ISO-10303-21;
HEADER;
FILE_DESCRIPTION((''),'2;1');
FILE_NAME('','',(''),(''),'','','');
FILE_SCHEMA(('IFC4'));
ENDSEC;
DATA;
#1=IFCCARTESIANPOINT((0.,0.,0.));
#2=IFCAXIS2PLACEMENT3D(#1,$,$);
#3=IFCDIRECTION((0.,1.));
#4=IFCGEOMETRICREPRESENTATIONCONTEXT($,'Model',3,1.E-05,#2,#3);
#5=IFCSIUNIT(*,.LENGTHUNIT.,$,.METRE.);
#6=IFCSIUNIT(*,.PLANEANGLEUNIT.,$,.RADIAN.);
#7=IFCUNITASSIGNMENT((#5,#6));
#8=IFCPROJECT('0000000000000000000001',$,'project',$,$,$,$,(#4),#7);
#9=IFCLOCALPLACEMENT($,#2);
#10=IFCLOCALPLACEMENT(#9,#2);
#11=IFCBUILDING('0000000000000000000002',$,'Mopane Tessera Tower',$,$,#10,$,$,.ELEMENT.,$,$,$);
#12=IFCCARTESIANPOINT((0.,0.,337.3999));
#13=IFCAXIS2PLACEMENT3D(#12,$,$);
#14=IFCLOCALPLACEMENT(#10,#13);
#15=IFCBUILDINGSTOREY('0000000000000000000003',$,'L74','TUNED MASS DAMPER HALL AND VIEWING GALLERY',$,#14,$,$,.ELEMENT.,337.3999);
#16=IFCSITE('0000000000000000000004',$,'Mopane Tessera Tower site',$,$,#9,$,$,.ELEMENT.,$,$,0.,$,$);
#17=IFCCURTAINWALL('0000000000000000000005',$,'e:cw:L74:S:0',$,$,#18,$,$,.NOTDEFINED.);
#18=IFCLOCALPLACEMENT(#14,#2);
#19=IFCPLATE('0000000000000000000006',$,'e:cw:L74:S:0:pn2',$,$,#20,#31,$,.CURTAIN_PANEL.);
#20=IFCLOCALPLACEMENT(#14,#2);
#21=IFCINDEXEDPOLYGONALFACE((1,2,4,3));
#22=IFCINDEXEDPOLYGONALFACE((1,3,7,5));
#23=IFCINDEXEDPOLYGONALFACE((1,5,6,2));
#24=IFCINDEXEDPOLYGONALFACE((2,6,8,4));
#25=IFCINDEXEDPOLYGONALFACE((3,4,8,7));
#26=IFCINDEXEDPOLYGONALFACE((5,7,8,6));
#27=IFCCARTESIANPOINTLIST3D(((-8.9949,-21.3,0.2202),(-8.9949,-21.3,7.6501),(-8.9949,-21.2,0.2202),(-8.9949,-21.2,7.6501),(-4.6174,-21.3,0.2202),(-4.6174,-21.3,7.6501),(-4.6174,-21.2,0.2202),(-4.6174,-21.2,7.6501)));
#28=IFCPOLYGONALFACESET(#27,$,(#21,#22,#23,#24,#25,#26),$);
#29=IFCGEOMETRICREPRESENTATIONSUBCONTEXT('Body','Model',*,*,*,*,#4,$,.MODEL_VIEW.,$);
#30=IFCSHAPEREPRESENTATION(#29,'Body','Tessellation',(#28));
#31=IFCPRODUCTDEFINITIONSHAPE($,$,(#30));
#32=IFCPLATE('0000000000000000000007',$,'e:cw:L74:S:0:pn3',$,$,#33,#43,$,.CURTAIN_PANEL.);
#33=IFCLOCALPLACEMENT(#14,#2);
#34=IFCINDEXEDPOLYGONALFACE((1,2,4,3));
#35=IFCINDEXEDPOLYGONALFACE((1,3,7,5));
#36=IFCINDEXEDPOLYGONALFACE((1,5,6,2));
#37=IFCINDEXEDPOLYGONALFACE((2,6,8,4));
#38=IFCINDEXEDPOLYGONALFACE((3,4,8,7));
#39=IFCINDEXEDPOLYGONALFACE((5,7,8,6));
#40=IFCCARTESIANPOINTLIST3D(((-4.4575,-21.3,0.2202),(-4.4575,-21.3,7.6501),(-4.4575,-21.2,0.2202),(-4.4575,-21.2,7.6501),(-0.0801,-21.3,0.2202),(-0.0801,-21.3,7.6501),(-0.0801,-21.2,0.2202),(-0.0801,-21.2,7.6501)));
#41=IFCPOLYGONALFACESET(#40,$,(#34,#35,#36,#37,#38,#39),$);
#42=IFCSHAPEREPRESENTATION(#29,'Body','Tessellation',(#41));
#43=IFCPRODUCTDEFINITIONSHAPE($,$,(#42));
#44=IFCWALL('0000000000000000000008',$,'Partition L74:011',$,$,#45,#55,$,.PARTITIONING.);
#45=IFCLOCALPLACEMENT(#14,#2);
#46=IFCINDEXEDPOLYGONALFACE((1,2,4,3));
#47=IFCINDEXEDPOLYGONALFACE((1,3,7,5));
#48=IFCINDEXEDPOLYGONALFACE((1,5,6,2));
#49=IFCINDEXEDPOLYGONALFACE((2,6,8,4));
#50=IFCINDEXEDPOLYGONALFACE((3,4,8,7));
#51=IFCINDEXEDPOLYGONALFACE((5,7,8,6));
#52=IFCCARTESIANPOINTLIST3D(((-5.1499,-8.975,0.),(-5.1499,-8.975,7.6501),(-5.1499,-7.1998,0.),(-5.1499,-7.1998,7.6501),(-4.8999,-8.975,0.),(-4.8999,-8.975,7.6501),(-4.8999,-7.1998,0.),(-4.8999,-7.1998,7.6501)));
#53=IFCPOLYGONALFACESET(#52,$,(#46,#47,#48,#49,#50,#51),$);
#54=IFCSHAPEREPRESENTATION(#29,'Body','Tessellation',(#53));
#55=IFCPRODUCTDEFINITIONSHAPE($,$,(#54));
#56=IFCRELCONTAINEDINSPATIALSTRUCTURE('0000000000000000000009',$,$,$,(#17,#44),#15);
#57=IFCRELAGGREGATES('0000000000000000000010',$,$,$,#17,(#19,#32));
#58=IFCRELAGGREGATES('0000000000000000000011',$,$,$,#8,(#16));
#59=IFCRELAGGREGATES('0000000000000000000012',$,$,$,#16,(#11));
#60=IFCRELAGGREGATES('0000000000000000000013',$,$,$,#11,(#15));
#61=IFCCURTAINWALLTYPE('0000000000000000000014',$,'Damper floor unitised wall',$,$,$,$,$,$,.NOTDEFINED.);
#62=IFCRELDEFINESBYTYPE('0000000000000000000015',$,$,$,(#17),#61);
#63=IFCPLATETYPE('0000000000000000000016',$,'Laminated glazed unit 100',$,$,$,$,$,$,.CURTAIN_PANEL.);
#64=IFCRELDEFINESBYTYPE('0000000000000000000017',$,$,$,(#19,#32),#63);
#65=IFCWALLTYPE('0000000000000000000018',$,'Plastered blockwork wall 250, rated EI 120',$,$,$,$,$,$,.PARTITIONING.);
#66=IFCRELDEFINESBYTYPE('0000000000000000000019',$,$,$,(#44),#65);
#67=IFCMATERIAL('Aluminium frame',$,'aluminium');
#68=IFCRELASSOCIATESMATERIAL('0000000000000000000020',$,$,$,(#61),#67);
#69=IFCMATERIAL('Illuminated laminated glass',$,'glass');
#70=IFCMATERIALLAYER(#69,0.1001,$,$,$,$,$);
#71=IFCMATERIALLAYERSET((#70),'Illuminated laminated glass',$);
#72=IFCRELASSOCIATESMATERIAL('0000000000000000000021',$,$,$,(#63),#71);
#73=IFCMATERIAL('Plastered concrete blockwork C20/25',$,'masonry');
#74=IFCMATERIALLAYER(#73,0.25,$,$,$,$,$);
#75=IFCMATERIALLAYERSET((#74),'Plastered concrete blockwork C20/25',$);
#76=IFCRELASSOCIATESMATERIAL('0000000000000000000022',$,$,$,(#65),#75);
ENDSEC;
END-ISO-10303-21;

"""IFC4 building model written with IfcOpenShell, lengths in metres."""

from ifc_helpers import new_model, si_unit, direction, frame, frame_2d, origin, origin_2d, place, context, subcontext, project, spatial, rectangle, extrude, material, layer, layer_set, type_object, element, aggregate, save


model = new_model("IFC4")

# Units and contexts
model_context = context("Model", 3, precision=1e-05, world=origin(), true_north=direction((0.0, 1.0)))
body_context = subcontext(model_context, "Body", "Model", "MODEL_VIEW")
ifc_project = project(units=[si_unit("LENGTHUNIT", "METRE"), si_unit("PLANEANGLEUNIT", "RADIAN")], contexts=[model_context])

# Site, building, storey
site_placement = place(None, origin())
site = spatial("IfcSite", under=ifc_project, at=site_placement, Name="Mopane Tessera Tower site", CompositionType="ELEMENT", RefElevation=0.0)
building_placement = place(site_placement, origin())
building = spatial("IfcBuilding", under=site, at=building_placement, Name="Mopane Tessera Tower", CompositionType="ELEMENT")
storey_placement = place(building_placement, frame((0.0, 0.0, 337.3999)))
storey = spatial("IfcBuildingStorey", under=building, at=storey_placement, Name="L74", Description="TUNED MASS DAMPER HALL AND VIEWING GALLERY", CompositionType="ELEMENT", Elevation=337.3999)

# Curtain wall
ifc_material_1 = material(Name="Aluminium frame", Category="aluminium")
curtain_wall_type = type_object("IfcCurtainWallType", Name="Damper floor unitised wall", PredefinedType="NOTDEFINED", material=ifc_material_1)
curtain_wall_placement = place(storey_placement, origin())
curtain_wall = element("IfcCurtainWall", 1, at=curtain_wall_placement, inside=storey, type_object=curtain_wall_type, Name="e:cw:L74:S:0", PredefinedType="NOTDEFINED")

# Plates
ifc_material_2 = material(Name="Illuminated laminated glass", Category="glass")
ifc_layer_1 = layer(ifc_material_2, 0.1001)
ifc_layer_set_1 = layer_set([ifc_layer_1], Name="Illuminated laminated glass")
plate_type = type_object("IfcPlateType", Name="Laminated glazed unit 100", PredefinedType="CURTAIN_PANEL", material=ifc_layer_set_1)
plate_1_placement = place(storey_placement, frame((-6.8062, -21.25, 0.2202), z_axis=(0.0, 0.0, 1.0), x_axis=(1.0, 0.0, 0.0)))
plate_1 = element("IfcPlate", 2, at=plate_1_placement, type_object=plate_type, Name="e:cw:L74:S:0:pn2", PredefinedType="CURTAIN_PANEL", context=body_context, shape_type="SweptSolid", body=[
    extrude(rectangle(XDim=4.3774, YDim=0.1001, at=origin_2d()), origin(), (0.0, 0.0, 1.0), 7.4299),
])
plate_2_placement = place(storey_placement, frame((-2.2688, -21.25, 0.2202), z_axis=(0.0, 0.0, 1.0), x_axis=(1.0, 0.0, 0.0)))
plate_2 = element("IfcPlate", 3, at=plate_2_placement, type_object=plate_type, Name="e:cw:L74:S:0:pn3", PredefinedType="CURTAIN_PANEL", context=body_context, shape_type="SweptSolid", body=[
    extrude(rectangle(XDim=4.3774, YDim=0.1001, at=origin_2d()), origin(), (0.0, 0.0, 1.0), 7.4299),
])
aggregate(curtain_wall, [plate_1, plate_2])

# Wall
ifc_material_3 = material(Name="Plastered concrete blockwork C20/25", Category="masonry")
ifc_layer_2 = layer(ifc_material_3, 0.25)
ifc_layer_set_2 = layer_set([ifc_layer_2], Name="Plastered concrete blockwork C20/25")
wall_type = type_object("IfcWallType", Name="Plastered blockwork wall 250, rated EI 120", PredefinedType="PARTITIONING", material=ifc_layer_set_2)
wall_placement = place(storey_placement, frame((-5.0249, -8.9751, 0.0), z_axis=(0.0, 0.0, 1.0), x_axis=(0.0, 1.0, 0.0)))
element("IfcWall", 4, at=wall_placement, inside=storey, type_object=wall_type, Name="Partition L74:011", PredefinedType="PARTITIONING", context=body_context, shape_type="SweptSolid", body=[
    extrude(rectangle(XDim=1.7751, YDim=0.25, at=frame_2d((0.8877, 0.0))), origin(), (0.0, 0.0, 1.0), 7.6501),
])

save(model, "model.ifc")
